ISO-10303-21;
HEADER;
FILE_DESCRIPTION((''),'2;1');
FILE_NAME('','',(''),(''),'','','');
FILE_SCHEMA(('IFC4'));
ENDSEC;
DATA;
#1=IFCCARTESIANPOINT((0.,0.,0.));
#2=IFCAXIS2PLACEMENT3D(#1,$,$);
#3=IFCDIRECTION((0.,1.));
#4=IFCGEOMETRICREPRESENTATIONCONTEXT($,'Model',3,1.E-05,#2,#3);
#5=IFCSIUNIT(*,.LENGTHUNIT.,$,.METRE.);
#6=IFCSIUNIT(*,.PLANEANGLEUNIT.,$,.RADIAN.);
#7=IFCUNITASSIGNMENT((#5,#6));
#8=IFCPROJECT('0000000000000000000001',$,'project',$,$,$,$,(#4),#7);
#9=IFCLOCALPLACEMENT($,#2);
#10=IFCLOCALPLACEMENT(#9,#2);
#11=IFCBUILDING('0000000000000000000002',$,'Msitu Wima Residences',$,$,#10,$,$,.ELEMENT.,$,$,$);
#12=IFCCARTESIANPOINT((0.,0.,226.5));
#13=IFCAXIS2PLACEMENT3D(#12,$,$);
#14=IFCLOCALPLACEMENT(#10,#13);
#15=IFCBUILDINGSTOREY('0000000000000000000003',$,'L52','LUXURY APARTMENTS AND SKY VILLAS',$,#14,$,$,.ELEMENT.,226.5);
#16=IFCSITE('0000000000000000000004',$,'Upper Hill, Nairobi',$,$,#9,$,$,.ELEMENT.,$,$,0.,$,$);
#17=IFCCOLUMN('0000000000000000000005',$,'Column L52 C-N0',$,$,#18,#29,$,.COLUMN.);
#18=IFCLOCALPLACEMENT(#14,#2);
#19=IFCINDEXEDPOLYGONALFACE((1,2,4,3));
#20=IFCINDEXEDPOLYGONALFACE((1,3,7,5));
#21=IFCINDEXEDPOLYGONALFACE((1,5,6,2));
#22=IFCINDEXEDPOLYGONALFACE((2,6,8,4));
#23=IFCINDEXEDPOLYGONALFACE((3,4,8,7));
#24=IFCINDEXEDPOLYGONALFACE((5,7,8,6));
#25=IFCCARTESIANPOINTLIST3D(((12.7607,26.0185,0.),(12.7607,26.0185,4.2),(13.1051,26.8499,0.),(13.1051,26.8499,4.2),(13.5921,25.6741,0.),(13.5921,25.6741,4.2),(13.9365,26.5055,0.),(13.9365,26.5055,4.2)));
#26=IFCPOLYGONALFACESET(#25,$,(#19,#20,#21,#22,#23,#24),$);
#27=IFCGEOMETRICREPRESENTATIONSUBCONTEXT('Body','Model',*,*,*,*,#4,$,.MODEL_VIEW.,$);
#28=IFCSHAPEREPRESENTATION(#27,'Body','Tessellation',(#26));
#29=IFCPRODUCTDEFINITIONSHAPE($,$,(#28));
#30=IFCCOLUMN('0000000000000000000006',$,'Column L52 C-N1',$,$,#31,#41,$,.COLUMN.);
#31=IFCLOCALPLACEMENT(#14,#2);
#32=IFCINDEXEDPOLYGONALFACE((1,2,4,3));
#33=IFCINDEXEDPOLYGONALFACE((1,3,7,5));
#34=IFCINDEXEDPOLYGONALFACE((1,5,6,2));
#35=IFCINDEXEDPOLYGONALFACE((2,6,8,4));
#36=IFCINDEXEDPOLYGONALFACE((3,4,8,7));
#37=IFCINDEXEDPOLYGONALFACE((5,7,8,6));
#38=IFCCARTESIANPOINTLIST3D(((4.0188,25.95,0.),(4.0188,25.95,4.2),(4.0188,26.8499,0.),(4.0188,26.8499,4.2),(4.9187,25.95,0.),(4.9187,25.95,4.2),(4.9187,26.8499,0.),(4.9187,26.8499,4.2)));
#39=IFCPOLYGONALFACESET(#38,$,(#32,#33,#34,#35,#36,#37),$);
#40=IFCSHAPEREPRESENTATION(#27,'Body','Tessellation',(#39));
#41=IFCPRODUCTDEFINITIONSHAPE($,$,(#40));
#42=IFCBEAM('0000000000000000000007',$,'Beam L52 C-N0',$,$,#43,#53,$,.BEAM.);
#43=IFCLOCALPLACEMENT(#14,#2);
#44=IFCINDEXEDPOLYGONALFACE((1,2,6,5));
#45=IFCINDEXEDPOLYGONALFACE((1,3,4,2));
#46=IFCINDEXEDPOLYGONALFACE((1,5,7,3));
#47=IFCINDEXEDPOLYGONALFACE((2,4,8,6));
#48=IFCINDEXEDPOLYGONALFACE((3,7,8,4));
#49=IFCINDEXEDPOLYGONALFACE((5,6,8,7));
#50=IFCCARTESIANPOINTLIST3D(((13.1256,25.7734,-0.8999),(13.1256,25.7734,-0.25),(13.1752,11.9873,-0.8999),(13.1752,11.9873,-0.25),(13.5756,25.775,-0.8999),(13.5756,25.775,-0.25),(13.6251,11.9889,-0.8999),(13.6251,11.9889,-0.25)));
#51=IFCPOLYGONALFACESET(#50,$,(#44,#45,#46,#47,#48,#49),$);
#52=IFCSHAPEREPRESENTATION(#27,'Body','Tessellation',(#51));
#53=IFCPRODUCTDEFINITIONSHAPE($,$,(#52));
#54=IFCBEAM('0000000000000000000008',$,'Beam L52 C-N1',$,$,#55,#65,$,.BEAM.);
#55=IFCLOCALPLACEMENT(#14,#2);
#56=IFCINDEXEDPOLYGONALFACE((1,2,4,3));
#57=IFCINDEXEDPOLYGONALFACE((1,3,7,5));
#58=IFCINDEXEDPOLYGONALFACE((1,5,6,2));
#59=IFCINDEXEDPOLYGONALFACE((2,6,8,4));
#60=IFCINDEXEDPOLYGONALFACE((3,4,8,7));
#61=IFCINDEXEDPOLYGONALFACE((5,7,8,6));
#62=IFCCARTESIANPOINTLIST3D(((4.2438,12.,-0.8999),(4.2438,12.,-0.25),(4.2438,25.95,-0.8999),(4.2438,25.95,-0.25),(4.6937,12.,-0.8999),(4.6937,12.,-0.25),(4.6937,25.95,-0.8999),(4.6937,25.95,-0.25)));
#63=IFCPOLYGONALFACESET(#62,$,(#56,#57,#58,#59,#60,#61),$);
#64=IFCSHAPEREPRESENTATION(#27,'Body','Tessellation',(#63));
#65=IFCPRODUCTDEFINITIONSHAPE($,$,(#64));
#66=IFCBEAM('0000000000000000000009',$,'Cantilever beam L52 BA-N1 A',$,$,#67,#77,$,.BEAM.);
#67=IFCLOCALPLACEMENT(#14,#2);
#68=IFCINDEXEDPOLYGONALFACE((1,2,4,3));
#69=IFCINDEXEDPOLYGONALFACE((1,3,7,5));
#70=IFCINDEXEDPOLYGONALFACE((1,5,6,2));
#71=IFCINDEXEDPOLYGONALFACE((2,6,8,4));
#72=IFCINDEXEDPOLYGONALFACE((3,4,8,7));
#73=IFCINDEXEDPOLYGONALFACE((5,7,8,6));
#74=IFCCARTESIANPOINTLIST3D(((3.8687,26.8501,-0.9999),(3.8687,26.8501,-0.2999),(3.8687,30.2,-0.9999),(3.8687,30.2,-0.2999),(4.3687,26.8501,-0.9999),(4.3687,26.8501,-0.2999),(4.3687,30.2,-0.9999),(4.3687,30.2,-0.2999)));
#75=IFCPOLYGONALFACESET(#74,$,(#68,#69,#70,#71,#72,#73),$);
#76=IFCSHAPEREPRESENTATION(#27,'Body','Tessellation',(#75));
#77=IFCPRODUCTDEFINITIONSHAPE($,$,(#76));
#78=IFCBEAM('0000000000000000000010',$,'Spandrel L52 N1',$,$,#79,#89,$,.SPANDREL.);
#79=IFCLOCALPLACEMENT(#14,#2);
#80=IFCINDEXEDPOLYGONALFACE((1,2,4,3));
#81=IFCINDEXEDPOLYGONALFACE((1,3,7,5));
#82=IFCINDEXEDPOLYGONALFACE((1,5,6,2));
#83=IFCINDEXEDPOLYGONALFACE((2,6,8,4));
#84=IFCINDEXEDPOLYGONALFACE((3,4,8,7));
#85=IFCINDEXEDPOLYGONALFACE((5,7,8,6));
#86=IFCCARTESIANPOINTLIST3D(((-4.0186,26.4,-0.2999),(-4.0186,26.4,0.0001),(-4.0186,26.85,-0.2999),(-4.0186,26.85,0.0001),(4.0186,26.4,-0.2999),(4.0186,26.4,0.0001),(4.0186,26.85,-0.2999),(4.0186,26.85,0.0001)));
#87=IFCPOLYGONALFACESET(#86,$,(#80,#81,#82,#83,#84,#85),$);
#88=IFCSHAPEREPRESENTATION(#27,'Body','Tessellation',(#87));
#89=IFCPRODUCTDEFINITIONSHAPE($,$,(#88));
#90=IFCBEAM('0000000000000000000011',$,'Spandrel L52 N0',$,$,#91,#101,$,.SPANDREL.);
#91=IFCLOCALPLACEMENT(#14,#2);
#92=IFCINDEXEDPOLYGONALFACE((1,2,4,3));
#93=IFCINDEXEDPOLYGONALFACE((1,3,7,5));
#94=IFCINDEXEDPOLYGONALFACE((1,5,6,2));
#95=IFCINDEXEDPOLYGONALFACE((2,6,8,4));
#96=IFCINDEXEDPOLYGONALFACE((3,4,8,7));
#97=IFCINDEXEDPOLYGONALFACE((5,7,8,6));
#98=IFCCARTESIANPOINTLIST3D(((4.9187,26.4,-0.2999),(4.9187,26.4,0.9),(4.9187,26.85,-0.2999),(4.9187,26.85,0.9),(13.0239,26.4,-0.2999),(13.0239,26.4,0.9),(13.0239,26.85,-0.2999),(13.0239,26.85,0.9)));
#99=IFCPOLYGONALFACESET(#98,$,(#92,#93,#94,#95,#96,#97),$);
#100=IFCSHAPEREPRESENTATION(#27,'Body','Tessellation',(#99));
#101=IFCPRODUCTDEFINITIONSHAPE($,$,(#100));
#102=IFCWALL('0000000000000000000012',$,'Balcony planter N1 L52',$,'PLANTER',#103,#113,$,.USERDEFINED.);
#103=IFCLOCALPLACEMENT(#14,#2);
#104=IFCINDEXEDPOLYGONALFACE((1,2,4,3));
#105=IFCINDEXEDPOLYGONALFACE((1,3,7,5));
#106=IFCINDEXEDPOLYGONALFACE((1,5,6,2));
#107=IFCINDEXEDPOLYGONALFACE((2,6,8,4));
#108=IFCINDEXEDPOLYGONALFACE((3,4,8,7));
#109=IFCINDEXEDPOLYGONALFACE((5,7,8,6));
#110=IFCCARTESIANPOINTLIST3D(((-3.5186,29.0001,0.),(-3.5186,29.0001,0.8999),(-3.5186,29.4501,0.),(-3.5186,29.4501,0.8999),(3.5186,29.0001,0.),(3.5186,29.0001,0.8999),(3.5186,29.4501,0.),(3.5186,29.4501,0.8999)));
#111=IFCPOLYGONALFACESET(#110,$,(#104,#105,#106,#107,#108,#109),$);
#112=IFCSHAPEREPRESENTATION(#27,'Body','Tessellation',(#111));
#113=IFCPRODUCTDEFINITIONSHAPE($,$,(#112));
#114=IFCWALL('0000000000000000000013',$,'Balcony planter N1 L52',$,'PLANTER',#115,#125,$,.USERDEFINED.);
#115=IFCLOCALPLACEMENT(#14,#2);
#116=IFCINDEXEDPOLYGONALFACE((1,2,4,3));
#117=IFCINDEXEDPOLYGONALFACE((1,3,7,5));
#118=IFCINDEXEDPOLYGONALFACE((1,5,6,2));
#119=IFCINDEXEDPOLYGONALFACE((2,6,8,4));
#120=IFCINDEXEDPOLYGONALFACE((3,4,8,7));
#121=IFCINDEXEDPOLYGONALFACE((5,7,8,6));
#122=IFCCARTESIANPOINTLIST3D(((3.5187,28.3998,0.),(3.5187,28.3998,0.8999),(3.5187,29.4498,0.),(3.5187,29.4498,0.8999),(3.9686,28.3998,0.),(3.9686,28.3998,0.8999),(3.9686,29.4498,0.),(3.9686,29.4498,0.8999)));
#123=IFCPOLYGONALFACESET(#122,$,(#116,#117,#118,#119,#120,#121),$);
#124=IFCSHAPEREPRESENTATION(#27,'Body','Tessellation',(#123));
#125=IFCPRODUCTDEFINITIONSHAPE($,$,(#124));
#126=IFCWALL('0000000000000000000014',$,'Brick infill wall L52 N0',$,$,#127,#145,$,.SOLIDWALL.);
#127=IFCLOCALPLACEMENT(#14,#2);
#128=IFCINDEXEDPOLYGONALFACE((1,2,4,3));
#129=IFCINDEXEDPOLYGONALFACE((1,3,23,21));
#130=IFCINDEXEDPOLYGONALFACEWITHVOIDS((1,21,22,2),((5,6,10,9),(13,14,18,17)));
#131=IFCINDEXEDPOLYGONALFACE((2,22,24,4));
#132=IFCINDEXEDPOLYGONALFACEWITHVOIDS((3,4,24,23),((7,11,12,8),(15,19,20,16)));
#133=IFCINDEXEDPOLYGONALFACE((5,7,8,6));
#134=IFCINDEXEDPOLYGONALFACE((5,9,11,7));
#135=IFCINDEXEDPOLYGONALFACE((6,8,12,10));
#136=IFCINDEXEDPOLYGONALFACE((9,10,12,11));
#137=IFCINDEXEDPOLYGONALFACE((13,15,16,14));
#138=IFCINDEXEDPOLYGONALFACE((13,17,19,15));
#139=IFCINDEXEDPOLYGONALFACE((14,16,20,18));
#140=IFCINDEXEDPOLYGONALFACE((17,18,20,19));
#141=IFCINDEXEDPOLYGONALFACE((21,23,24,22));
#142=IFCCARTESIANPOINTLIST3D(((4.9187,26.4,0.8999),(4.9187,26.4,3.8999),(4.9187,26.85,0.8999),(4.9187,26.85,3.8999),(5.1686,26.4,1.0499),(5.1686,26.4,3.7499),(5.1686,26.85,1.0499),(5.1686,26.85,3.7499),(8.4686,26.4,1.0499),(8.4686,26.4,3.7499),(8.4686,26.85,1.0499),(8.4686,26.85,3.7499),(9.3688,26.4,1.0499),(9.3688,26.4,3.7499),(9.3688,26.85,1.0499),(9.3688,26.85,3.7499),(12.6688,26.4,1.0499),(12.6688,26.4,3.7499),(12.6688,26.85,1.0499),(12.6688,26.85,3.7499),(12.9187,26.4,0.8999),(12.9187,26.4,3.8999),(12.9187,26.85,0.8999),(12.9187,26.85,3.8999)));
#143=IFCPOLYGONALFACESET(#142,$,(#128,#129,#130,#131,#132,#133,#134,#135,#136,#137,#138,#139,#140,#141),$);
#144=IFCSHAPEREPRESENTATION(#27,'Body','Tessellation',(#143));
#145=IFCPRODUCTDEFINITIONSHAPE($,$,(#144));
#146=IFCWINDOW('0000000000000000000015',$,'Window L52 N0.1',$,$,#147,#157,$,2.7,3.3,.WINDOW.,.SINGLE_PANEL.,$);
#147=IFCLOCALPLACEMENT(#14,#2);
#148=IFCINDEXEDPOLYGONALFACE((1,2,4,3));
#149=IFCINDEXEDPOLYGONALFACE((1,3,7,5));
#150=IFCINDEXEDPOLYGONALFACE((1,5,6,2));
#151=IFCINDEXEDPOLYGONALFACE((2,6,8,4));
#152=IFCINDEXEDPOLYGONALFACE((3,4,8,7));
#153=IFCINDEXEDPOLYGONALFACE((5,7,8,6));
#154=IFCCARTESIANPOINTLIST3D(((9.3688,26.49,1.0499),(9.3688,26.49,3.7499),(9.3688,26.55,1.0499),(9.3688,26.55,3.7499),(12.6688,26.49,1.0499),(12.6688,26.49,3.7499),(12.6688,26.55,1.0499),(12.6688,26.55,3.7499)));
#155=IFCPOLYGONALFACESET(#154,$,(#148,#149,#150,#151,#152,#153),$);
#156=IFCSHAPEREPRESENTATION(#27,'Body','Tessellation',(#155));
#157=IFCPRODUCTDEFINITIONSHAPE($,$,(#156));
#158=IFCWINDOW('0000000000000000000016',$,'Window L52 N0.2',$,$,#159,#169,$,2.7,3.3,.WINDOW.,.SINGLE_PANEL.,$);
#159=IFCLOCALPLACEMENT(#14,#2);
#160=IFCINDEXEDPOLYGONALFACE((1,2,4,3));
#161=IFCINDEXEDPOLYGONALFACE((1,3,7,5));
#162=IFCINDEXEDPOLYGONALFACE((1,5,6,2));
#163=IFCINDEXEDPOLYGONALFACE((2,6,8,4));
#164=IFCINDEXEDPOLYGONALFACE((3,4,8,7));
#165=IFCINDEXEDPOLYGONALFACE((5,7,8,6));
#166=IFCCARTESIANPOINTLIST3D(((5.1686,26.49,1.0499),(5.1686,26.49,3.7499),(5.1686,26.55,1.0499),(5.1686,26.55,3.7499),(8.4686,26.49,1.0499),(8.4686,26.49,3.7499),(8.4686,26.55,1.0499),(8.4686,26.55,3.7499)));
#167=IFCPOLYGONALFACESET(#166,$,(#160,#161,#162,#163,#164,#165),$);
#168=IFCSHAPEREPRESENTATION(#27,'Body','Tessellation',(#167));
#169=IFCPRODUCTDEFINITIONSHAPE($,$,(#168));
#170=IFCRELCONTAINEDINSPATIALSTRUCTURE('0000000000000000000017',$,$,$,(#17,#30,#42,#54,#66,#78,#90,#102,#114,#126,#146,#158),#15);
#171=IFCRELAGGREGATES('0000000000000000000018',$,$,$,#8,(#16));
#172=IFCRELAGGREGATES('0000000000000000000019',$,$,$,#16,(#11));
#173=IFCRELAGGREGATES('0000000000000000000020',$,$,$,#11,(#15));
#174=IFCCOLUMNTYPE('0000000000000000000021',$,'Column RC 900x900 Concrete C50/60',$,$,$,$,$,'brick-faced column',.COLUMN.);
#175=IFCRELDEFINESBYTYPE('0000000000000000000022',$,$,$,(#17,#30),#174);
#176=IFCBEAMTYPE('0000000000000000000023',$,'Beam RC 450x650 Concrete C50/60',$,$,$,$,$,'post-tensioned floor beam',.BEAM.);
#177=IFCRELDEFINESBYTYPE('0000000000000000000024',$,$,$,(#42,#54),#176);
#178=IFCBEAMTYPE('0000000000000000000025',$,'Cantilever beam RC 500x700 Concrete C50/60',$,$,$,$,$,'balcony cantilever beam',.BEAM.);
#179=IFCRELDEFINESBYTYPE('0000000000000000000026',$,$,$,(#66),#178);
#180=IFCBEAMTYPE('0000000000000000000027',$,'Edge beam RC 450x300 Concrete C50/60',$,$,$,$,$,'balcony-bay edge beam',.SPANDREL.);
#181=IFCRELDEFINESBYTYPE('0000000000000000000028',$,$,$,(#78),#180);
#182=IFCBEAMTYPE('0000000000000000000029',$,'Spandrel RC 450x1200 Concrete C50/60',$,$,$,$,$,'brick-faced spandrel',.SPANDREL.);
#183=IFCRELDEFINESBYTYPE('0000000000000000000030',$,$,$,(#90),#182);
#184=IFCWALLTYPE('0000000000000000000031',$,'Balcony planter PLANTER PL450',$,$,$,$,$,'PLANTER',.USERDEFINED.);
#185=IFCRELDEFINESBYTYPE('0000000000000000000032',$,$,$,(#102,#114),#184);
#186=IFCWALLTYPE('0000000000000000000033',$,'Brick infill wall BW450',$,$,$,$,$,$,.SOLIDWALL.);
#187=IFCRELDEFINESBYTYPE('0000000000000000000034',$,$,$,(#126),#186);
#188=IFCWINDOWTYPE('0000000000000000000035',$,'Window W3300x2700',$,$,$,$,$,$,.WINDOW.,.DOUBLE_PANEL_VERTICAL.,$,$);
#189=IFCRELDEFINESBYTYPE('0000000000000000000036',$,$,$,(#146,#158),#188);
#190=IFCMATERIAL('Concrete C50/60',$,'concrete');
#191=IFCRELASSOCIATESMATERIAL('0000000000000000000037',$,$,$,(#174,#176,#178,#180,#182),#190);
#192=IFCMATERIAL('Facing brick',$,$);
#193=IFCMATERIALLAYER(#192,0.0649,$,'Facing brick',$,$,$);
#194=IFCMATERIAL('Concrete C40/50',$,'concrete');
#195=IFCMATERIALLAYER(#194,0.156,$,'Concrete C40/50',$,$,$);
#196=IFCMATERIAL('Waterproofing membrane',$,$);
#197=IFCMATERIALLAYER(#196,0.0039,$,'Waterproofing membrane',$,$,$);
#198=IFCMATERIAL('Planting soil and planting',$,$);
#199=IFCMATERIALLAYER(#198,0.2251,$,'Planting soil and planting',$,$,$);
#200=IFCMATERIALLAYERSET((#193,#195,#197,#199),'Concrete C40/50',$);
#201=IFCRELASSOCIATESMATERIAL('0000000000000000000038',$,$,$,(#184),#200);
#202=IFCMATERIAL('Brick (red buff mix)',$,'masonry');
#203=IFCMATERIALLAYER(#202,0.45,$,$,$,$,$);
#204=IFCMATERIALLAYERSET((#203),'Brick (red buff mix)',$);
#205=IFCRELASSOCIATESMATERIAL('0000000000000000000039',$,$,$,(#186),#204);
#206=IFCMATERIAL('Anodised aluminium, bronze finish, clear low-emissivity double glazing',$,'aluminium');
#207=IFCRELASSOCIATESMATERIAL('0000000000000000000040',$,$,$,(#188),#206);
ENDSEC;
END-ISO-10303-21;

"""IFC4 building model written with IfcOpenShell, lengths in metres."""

from ifc_helpers import new_model, si_unit, direction, frame, frame_2d, origin, origin_2d, place, context, subcontext, project, spatial, rectangle, extrude, material, layer, layer_set, material_profile, profile_set, type_object, element, fill, save


model = new_model("IFC4")

# Units and contexts
model_context = context("Model", 3, precision=1e-05, world=origin(), true_north=direction((0.0, 1.0)))
body_context = subcontext(model_context, "Body", "Model", "MODEL_VIEW")
ifc_project = project(units=[si_unit("LENGTHUNIT", "METRE"), si_unit("PLANEANGLEUNIT", "RADIAN")], contexts=[model_context])

# Site, building, storey
site_placement = place(None, origin())
site = spatial("IfcSite", under=ifc_project, at=site_placement, Name="Upper Hill, Nairobi", CompositionType="ELEMENT", RefElevation=0.0)
building_placement = place(site_placement, origin())
building = spatial("IfcBuilding", under=site, at=building_placement, Name="Msitu Wima Residences", CompositionType="ELEMENT")
storey_placement = place(building_placement, frame((0.0, 0.0, 226.5)))
storey = spatial("IfcBuildingStorey", under=building, at=storey_placement, Name="L52", Description="LUXURY APARTMENTS AND SKY VILLAS", CompositionType="ELEMENT", Elevation=226.5)

# Columns
ifc_material_1 = material(Name="Concrete C50/60", Category="concrete")
ifc_material_profile_1 = material_profile(ifc_material_1, rectangle(XDim=0.8999, YDim=0.8999, at=origin_2d()), Name="RC 900x900")
ifc_profile_set_1 = profile_set([ifc_material_profile_1], Name="Concrete C50/60")
column_type = type_object("IfcColumnType", Name="Column RC 900x900 Concrete C50/60", ElementType="brick-faced column", PredefinedType="COLUMN", material=ifc_profile_set_1)
for number, where, z_axis, x_axis, name in (
    (1, (13.3486, 26.262, 0.0), (0.0, 0.0, 1.0), (-0.92388, 0.382683, 0.0), "Column L52 C-N0"),
    (2, (4.4688, 26.3999, 0.0), (0.0, 0.0, 1.0), (-1.0, 0.0, 0.0), "Column L52 C-N1"),
):
    element("IfcColumn", number, at=place(storey_placement, frame(where, z_axis=z_axis, x_axis=x_axis)), inside=storey, type_object=column_type, Name=name, PredefinedType="COLUMN", context=body_context, shape_type="SweptSolid", body=[
        extrude(rectangle(XDim=0.8999, YDim=0.8999, at=origin_2d()), origin(), (0.0, 0.0, 1.0), 4.2),
    ])

# Beams
ifc_material_profile_2 = material_profile(ifc_material_1, rectangle(XDim=0.45, YDim=0.6499, at=origin_2d()), Name="RC 450x650")
ifc_profile_set_2 = profile_set([ifc_material_profile_2], Name="Concrete C50/60")
beam_type_1 = type_object("IfcBeamType", Name="Beam RC 450x650 Concrete C50/60", ElementType="post-tensioned floor beam", PredefinedType="BEAM", material=ifc_profile_set_2)
beam_1_placement = place(storey_placement, frame((13.3506, 25.7742, -0.575), z_axis=(0.003595, -0.999994, 0.0), x_axis=(0.999994, 0.003595, 0.0)))
element("IfcBeam", 3, at=beam_1_placement, inside=storey, type_object=beam_type_1, Name="Beam L52 C-N0", PredefinedType="BEAM", context=body_context, shape_type="SweptSolid", body=[
    extrude(rectangle(XDim=0.45, YDim=0.6499, at=origin_2d()), origin(), (0.0, 0.0, 1.0), 13.7861),
])
beam_2_placement = place(storey_placement, frame((4.4688, 25.95, -0.575), z_axis=(0.0, -1.0, 0.0), x_axis=(1.0, 0.0, 0.0)))
element("IfcBeam", 4, at=beam_2_placement, inside=storey, type_object=beam_type_1, Name="Beam L52 C-N1", PredefinedType="BEAM", context=body_context, shape_type="SweptSolid", body=[
    extrude(rectangle(XDim=0.45, YDim=0.6499, at=origin_2d()), origin(), (0.0, 0.0, 1.0), 13.95),
])
ifc_material_profile_3 = material_profile(ifc_material_1, rectangle(XDim=0.5, YDim=0.7, at=origin_2d()), Name="RC 500x700")
ifc_profile_set_3 = profile_set([ifc_material_profile_3], Name="Concrete C50/60")
beam_type_2 = type_object("IfcBeamType", Name="Cantilever beam RC 500x700 Concrete C50/60", ElementType="balcony cantilever beam", PredefinedType="BEAM", material=ifc_profile_set_3)
beam_3_placement = place(storey_placement, frame((4.1187, 26.8501, -0.6499), z_axis=(0.0, 1.0, 0.0), x_axis=(-1.0, 0.0, 0.0)))
element("IfcBeam", 5, at=beam_3_placement, inside=storey, type_object=beam_type_2, Name="Cantilever beam L52 BA-N1 A", PredefinedType="BEAM", context=body_context, shape_type="SweptSolid", body=[
    extrude(rectangle(XDim=0.5, YDim=0.7, at=origin_2d()), origin(), (0.0, 0.0, 1.0), 3.3499),
])
ifc_material_profile_4 = material_profile(ifc_material_1, rectangle(XDim=0.45, YDim=0.3, at=origin_2d()), Name="RC 450x300")
ifc_profile_set_4 = profile_set([ifc_material_profile_4], Name="Concrete C50/60")
beam_type_3 = type_object("IfcBeamType", Name="Edge beam RC 450x300 Concrete C50/60", ElementType="balcony-bay edge beam", PredefinedType="SPANDREL", material=ifc_profile_set_4)
beam_4_placement = place(storey_placement, frame((4.0186, 26.625, -0.1499), z_axis=(-1.0, 0.0, 0.0), x_axis=(0.0, -1.0, 0.0)))
element("IfcBeam", 6, at=beam_4_placement, inside=storey, type_object=beam_type_3, Name="Spandrel L52 N1", PredefinedType="SPANDREL", context=body_context, shape_type="SweptSolid", body=[
    extrude(rectangle(XDim=0.45, YDim=0.3, at=origin_2d()), origin(), (0.0, 0.0, 1.0), 8.0371),
])
ifc_material_profile_5 = material_profile(ifc_material_1, rectangle(XDim=0.45, YDim=1.2, at=origin_2d()), Name="RC 450x1200")
ifc_profile_set_5 = profile_set([ifc_material_profile_5], Name="Concrete C50/60")
beam_type_4 = type_object("IfcBeamType", Name="Spandrel RC 450x1200 Concrete C50/60", ElementType="brick-faced spandrel", PredefinedType="SPANDREL", material=ifc_profile_set_5)
beam_5_placement = place(storey_placement, frame((13.0239, 26.625, 0.3), z_axis=(-1.0, 0.0, 0.0), x_axis=(0.0, -1.0, 0.0)))
element("IfcBeam", 7, at=beam_5_placement, inside=storey, type_object=beam_type_4, Name="Spandrel L52 N0", PredefinedType="SPANDREL", context=body_context, shape_type="SweptSolid", body=[
    extrude(rectangle(XDim=0.45, YDim=1.2, at=origin_2d()), origin(), (0.0, 0.0, 1.0), 8.1052),
])

# Walls
ifc_material_2 = material(Name="Facing brick")
ifc_layer_1 = layer(ifc_material_2, 0.0649, Name="Facing brick")
ifc_material_3 = material(Name="Concrete C40/50", Category="concrete")
ifc_layer_2 = layer(ifc_material_3, 0.156, Name="Concrete C40/50")
ifc_material_4 = material(Name="Waterproofing membrane")
ifc_layer_3 = layer(ifc_material_4, 0.0039, Name="Waterproofing membrane")
ifc_material_5 = material(Name="Planting soil and planting")
ifc_layer_4 = layer(ifc_material_5, 0.2251, Name="Planting soil and planting")
ifc_layer_set_1 = layer_set([ifc_layer_1, ifc_layer_2, ifc_layer_3, ifc_layer_4], Name="Concrete C40/50")
wall_type_1 = type_object("IfcWallType", Name="Balcony planter PLANTER PL450", ElementType="PLANTER", PredefinedType="USERDEFINED", material=ifc_layer_set_1)
wall_1_placement = place(storey_placement, frame((3.5186, 29.2251, 0.0), z_axis=(0.0, 0.0, 1.0), x_axis=(-1.0, 0.0, 0.0)))
element("IfcWall", 8, at=wall_1_placement, inside=storey, type_object=wall_type_1, Name="Balcony planter N1 L52", ObjectType="PLANTER", PredefinedType="USERDEFINED", context=body_context, shape_type="SweptSolid", body=[
    extrude(rectangle(XDim=7.0371, YDim=0.45, at=frame_2d((3.5186, 0.0))), origin(), (0.0, 0.0, 1.0), 0.8999),
])
wall_2_placement = place(storey_placement, frame((3.7437, 28.3999, 0.0), z_axis=(0.0, 0.0, 1.0), x_axis=(0.0, 1.0, 0.0)))
element("IfcWall", 9, at=wall_2_placement, inside=storey, type_object=wall_type_1, Name="Balcony planter N1 L52", ObjectType="PLANTER", PredefinedType="USERDEFINED", context=body_context, shape_type="SweptSolid", body=[
    extrude(rectangle(XDim=1.05, YDim=0.45, at=frame_2d((0.5249, 0.0))), origin(), (0.0, 0.0, 1.0), 0.8999),
])

# Wall, openings, windows
ifc_material_6 = material(Name="Brick (red buff mix)", Category="masonry")
ifc_layer_5 = layer(ifc_material_6, 0.45)
ifc_layer_set_2 = layer_set([ifc_layer_5], Name="Brick (red buff mix)")
wall_type_2 = type_object("IfcWallType", Name="Brick infill wall BW450", PredefinedType="SOLIDWALL", material=ifc_layer_set_2)
wall_3_placement = place(storey_placement, frame((12.9187, 26.625, 0.8999), z_axis=(0.0, 0.0, 1.0), x_axis=(-1.0, 0.0, 0.0)))
wall_3 = element("IfcWall", 10, at=wall_3_placement, inside=storey, type_object=wall_type_2, Name="Brick infill wall L52 N0", PredefinedType="SOLIDWALL", context=body_context, shape_type="SweptSolid", body=[
    extrude(rectangle(XDim=8.0, YDim=0.45, at=frame_2d((4.0, 0.0))), origin(), (0.0, 0.0, 1.0), 3.0),
])
opening_1_placement = place(wall_3_placement, frame((0.25, 0.0, 0.1499)))
opening_1 = element("IfcOpeningElement", 11, at=opening_1_placement, cuts=wall_3, PredefinedType="OPENING", context=body_context, shape_type="SweptSolid", body=[
    extrude(rectangle(XDim=3.3, YDim=2.7, at=frame_2d((1.6499, 1.3501))), frame((0.0, 0.2349, 0.0), z_axis=(0.0, -1.0, 0.0), x_axis=(1.0, 0.0, 0.0)), (0.0, 0.0, 1.0), 0.47),
])
opening_2_placement = place(wall_3_placement, frame((4.4502, 0.0, 0.1499)))
opening_2 = element("IfcOpeningElement", 12, at=opening_2_placement, cuts=wall_3, PredefinedType="OPENING", context=body_context, shape_type="SweptSolid", body=[
    extrude(rectangle(XDim=3.3, YDim=2.7, at=frame_2d((1.6499, 1.3501))), frame((0.0, 0.2349, 0.0), z_axis=(0.0, -1.0, 0.0), x_axis=(1.0, 0.0, 0.0)), (0.0, 0.0, 1.0), 0.47),
])
ifc_material_7 = material(Name="Anodised aluminium, bronze finish, clear low-emissivity double glazing", Category="aluminium")
window_type = type_object("IfcWindowType", Name="Window W3300x2700", PartitioningType="DOUBLE_PANEL_VERTICAL", PredefinedType="WINDOW", material=ifc_material_7)
window_1_placement = place(opening_1_placement, origin())
window_1 = element("IfcWindow", 13, at=window_1_placement, inside=storey, type_object=window_type, Name="Window L52 N0.1", OverallHeight=2.7, OverallWidth=3.3, PartitioningType="SINGLE_PANEL", PredefinedType="WINDOW", context=body_context, shape_type="SweptSolid", body=[
    extrude(rectangle(XDim=3.3, YDim=2.7, at=frame_2d((1.6499, 1.3501))), frame((0.0, 0.135, 0.0), z_axis=(0.0, -1.0, 0.0), x_axis=(1.0, 0.0, 0.0)), (0.0, 0.0, 1.0), 0.0601),
])
fill(opening_1, window_1)
window_2_placement = place(opening_2_placement, origin())
window_2 = element("IfcWindow", 14, at=window_2_placement, inside=storey, type_object=window_type, Name="Window L52 N0.2", OverallHeight=2.7, OverallWidth=3.3, PartitioningType="SINGLE_PANEL", PredefinedType="WINDOW", context=body_context, shape_type="SweptSolid", body=[
    extrude(rectangle(XDim=3.3, YDim=2.7, at=frame_2d((1.6499, 1.3501))), frame((0.0, 0.135, 0.0), z_axis=(0.0, -1.0, 0.0), x_axis=(1.0, 0.0, 0.0)), (0.0, 0.0, 1.0), 0.0601),
])
fill(opening_2, window_2)

save(model, "model.ifc")
